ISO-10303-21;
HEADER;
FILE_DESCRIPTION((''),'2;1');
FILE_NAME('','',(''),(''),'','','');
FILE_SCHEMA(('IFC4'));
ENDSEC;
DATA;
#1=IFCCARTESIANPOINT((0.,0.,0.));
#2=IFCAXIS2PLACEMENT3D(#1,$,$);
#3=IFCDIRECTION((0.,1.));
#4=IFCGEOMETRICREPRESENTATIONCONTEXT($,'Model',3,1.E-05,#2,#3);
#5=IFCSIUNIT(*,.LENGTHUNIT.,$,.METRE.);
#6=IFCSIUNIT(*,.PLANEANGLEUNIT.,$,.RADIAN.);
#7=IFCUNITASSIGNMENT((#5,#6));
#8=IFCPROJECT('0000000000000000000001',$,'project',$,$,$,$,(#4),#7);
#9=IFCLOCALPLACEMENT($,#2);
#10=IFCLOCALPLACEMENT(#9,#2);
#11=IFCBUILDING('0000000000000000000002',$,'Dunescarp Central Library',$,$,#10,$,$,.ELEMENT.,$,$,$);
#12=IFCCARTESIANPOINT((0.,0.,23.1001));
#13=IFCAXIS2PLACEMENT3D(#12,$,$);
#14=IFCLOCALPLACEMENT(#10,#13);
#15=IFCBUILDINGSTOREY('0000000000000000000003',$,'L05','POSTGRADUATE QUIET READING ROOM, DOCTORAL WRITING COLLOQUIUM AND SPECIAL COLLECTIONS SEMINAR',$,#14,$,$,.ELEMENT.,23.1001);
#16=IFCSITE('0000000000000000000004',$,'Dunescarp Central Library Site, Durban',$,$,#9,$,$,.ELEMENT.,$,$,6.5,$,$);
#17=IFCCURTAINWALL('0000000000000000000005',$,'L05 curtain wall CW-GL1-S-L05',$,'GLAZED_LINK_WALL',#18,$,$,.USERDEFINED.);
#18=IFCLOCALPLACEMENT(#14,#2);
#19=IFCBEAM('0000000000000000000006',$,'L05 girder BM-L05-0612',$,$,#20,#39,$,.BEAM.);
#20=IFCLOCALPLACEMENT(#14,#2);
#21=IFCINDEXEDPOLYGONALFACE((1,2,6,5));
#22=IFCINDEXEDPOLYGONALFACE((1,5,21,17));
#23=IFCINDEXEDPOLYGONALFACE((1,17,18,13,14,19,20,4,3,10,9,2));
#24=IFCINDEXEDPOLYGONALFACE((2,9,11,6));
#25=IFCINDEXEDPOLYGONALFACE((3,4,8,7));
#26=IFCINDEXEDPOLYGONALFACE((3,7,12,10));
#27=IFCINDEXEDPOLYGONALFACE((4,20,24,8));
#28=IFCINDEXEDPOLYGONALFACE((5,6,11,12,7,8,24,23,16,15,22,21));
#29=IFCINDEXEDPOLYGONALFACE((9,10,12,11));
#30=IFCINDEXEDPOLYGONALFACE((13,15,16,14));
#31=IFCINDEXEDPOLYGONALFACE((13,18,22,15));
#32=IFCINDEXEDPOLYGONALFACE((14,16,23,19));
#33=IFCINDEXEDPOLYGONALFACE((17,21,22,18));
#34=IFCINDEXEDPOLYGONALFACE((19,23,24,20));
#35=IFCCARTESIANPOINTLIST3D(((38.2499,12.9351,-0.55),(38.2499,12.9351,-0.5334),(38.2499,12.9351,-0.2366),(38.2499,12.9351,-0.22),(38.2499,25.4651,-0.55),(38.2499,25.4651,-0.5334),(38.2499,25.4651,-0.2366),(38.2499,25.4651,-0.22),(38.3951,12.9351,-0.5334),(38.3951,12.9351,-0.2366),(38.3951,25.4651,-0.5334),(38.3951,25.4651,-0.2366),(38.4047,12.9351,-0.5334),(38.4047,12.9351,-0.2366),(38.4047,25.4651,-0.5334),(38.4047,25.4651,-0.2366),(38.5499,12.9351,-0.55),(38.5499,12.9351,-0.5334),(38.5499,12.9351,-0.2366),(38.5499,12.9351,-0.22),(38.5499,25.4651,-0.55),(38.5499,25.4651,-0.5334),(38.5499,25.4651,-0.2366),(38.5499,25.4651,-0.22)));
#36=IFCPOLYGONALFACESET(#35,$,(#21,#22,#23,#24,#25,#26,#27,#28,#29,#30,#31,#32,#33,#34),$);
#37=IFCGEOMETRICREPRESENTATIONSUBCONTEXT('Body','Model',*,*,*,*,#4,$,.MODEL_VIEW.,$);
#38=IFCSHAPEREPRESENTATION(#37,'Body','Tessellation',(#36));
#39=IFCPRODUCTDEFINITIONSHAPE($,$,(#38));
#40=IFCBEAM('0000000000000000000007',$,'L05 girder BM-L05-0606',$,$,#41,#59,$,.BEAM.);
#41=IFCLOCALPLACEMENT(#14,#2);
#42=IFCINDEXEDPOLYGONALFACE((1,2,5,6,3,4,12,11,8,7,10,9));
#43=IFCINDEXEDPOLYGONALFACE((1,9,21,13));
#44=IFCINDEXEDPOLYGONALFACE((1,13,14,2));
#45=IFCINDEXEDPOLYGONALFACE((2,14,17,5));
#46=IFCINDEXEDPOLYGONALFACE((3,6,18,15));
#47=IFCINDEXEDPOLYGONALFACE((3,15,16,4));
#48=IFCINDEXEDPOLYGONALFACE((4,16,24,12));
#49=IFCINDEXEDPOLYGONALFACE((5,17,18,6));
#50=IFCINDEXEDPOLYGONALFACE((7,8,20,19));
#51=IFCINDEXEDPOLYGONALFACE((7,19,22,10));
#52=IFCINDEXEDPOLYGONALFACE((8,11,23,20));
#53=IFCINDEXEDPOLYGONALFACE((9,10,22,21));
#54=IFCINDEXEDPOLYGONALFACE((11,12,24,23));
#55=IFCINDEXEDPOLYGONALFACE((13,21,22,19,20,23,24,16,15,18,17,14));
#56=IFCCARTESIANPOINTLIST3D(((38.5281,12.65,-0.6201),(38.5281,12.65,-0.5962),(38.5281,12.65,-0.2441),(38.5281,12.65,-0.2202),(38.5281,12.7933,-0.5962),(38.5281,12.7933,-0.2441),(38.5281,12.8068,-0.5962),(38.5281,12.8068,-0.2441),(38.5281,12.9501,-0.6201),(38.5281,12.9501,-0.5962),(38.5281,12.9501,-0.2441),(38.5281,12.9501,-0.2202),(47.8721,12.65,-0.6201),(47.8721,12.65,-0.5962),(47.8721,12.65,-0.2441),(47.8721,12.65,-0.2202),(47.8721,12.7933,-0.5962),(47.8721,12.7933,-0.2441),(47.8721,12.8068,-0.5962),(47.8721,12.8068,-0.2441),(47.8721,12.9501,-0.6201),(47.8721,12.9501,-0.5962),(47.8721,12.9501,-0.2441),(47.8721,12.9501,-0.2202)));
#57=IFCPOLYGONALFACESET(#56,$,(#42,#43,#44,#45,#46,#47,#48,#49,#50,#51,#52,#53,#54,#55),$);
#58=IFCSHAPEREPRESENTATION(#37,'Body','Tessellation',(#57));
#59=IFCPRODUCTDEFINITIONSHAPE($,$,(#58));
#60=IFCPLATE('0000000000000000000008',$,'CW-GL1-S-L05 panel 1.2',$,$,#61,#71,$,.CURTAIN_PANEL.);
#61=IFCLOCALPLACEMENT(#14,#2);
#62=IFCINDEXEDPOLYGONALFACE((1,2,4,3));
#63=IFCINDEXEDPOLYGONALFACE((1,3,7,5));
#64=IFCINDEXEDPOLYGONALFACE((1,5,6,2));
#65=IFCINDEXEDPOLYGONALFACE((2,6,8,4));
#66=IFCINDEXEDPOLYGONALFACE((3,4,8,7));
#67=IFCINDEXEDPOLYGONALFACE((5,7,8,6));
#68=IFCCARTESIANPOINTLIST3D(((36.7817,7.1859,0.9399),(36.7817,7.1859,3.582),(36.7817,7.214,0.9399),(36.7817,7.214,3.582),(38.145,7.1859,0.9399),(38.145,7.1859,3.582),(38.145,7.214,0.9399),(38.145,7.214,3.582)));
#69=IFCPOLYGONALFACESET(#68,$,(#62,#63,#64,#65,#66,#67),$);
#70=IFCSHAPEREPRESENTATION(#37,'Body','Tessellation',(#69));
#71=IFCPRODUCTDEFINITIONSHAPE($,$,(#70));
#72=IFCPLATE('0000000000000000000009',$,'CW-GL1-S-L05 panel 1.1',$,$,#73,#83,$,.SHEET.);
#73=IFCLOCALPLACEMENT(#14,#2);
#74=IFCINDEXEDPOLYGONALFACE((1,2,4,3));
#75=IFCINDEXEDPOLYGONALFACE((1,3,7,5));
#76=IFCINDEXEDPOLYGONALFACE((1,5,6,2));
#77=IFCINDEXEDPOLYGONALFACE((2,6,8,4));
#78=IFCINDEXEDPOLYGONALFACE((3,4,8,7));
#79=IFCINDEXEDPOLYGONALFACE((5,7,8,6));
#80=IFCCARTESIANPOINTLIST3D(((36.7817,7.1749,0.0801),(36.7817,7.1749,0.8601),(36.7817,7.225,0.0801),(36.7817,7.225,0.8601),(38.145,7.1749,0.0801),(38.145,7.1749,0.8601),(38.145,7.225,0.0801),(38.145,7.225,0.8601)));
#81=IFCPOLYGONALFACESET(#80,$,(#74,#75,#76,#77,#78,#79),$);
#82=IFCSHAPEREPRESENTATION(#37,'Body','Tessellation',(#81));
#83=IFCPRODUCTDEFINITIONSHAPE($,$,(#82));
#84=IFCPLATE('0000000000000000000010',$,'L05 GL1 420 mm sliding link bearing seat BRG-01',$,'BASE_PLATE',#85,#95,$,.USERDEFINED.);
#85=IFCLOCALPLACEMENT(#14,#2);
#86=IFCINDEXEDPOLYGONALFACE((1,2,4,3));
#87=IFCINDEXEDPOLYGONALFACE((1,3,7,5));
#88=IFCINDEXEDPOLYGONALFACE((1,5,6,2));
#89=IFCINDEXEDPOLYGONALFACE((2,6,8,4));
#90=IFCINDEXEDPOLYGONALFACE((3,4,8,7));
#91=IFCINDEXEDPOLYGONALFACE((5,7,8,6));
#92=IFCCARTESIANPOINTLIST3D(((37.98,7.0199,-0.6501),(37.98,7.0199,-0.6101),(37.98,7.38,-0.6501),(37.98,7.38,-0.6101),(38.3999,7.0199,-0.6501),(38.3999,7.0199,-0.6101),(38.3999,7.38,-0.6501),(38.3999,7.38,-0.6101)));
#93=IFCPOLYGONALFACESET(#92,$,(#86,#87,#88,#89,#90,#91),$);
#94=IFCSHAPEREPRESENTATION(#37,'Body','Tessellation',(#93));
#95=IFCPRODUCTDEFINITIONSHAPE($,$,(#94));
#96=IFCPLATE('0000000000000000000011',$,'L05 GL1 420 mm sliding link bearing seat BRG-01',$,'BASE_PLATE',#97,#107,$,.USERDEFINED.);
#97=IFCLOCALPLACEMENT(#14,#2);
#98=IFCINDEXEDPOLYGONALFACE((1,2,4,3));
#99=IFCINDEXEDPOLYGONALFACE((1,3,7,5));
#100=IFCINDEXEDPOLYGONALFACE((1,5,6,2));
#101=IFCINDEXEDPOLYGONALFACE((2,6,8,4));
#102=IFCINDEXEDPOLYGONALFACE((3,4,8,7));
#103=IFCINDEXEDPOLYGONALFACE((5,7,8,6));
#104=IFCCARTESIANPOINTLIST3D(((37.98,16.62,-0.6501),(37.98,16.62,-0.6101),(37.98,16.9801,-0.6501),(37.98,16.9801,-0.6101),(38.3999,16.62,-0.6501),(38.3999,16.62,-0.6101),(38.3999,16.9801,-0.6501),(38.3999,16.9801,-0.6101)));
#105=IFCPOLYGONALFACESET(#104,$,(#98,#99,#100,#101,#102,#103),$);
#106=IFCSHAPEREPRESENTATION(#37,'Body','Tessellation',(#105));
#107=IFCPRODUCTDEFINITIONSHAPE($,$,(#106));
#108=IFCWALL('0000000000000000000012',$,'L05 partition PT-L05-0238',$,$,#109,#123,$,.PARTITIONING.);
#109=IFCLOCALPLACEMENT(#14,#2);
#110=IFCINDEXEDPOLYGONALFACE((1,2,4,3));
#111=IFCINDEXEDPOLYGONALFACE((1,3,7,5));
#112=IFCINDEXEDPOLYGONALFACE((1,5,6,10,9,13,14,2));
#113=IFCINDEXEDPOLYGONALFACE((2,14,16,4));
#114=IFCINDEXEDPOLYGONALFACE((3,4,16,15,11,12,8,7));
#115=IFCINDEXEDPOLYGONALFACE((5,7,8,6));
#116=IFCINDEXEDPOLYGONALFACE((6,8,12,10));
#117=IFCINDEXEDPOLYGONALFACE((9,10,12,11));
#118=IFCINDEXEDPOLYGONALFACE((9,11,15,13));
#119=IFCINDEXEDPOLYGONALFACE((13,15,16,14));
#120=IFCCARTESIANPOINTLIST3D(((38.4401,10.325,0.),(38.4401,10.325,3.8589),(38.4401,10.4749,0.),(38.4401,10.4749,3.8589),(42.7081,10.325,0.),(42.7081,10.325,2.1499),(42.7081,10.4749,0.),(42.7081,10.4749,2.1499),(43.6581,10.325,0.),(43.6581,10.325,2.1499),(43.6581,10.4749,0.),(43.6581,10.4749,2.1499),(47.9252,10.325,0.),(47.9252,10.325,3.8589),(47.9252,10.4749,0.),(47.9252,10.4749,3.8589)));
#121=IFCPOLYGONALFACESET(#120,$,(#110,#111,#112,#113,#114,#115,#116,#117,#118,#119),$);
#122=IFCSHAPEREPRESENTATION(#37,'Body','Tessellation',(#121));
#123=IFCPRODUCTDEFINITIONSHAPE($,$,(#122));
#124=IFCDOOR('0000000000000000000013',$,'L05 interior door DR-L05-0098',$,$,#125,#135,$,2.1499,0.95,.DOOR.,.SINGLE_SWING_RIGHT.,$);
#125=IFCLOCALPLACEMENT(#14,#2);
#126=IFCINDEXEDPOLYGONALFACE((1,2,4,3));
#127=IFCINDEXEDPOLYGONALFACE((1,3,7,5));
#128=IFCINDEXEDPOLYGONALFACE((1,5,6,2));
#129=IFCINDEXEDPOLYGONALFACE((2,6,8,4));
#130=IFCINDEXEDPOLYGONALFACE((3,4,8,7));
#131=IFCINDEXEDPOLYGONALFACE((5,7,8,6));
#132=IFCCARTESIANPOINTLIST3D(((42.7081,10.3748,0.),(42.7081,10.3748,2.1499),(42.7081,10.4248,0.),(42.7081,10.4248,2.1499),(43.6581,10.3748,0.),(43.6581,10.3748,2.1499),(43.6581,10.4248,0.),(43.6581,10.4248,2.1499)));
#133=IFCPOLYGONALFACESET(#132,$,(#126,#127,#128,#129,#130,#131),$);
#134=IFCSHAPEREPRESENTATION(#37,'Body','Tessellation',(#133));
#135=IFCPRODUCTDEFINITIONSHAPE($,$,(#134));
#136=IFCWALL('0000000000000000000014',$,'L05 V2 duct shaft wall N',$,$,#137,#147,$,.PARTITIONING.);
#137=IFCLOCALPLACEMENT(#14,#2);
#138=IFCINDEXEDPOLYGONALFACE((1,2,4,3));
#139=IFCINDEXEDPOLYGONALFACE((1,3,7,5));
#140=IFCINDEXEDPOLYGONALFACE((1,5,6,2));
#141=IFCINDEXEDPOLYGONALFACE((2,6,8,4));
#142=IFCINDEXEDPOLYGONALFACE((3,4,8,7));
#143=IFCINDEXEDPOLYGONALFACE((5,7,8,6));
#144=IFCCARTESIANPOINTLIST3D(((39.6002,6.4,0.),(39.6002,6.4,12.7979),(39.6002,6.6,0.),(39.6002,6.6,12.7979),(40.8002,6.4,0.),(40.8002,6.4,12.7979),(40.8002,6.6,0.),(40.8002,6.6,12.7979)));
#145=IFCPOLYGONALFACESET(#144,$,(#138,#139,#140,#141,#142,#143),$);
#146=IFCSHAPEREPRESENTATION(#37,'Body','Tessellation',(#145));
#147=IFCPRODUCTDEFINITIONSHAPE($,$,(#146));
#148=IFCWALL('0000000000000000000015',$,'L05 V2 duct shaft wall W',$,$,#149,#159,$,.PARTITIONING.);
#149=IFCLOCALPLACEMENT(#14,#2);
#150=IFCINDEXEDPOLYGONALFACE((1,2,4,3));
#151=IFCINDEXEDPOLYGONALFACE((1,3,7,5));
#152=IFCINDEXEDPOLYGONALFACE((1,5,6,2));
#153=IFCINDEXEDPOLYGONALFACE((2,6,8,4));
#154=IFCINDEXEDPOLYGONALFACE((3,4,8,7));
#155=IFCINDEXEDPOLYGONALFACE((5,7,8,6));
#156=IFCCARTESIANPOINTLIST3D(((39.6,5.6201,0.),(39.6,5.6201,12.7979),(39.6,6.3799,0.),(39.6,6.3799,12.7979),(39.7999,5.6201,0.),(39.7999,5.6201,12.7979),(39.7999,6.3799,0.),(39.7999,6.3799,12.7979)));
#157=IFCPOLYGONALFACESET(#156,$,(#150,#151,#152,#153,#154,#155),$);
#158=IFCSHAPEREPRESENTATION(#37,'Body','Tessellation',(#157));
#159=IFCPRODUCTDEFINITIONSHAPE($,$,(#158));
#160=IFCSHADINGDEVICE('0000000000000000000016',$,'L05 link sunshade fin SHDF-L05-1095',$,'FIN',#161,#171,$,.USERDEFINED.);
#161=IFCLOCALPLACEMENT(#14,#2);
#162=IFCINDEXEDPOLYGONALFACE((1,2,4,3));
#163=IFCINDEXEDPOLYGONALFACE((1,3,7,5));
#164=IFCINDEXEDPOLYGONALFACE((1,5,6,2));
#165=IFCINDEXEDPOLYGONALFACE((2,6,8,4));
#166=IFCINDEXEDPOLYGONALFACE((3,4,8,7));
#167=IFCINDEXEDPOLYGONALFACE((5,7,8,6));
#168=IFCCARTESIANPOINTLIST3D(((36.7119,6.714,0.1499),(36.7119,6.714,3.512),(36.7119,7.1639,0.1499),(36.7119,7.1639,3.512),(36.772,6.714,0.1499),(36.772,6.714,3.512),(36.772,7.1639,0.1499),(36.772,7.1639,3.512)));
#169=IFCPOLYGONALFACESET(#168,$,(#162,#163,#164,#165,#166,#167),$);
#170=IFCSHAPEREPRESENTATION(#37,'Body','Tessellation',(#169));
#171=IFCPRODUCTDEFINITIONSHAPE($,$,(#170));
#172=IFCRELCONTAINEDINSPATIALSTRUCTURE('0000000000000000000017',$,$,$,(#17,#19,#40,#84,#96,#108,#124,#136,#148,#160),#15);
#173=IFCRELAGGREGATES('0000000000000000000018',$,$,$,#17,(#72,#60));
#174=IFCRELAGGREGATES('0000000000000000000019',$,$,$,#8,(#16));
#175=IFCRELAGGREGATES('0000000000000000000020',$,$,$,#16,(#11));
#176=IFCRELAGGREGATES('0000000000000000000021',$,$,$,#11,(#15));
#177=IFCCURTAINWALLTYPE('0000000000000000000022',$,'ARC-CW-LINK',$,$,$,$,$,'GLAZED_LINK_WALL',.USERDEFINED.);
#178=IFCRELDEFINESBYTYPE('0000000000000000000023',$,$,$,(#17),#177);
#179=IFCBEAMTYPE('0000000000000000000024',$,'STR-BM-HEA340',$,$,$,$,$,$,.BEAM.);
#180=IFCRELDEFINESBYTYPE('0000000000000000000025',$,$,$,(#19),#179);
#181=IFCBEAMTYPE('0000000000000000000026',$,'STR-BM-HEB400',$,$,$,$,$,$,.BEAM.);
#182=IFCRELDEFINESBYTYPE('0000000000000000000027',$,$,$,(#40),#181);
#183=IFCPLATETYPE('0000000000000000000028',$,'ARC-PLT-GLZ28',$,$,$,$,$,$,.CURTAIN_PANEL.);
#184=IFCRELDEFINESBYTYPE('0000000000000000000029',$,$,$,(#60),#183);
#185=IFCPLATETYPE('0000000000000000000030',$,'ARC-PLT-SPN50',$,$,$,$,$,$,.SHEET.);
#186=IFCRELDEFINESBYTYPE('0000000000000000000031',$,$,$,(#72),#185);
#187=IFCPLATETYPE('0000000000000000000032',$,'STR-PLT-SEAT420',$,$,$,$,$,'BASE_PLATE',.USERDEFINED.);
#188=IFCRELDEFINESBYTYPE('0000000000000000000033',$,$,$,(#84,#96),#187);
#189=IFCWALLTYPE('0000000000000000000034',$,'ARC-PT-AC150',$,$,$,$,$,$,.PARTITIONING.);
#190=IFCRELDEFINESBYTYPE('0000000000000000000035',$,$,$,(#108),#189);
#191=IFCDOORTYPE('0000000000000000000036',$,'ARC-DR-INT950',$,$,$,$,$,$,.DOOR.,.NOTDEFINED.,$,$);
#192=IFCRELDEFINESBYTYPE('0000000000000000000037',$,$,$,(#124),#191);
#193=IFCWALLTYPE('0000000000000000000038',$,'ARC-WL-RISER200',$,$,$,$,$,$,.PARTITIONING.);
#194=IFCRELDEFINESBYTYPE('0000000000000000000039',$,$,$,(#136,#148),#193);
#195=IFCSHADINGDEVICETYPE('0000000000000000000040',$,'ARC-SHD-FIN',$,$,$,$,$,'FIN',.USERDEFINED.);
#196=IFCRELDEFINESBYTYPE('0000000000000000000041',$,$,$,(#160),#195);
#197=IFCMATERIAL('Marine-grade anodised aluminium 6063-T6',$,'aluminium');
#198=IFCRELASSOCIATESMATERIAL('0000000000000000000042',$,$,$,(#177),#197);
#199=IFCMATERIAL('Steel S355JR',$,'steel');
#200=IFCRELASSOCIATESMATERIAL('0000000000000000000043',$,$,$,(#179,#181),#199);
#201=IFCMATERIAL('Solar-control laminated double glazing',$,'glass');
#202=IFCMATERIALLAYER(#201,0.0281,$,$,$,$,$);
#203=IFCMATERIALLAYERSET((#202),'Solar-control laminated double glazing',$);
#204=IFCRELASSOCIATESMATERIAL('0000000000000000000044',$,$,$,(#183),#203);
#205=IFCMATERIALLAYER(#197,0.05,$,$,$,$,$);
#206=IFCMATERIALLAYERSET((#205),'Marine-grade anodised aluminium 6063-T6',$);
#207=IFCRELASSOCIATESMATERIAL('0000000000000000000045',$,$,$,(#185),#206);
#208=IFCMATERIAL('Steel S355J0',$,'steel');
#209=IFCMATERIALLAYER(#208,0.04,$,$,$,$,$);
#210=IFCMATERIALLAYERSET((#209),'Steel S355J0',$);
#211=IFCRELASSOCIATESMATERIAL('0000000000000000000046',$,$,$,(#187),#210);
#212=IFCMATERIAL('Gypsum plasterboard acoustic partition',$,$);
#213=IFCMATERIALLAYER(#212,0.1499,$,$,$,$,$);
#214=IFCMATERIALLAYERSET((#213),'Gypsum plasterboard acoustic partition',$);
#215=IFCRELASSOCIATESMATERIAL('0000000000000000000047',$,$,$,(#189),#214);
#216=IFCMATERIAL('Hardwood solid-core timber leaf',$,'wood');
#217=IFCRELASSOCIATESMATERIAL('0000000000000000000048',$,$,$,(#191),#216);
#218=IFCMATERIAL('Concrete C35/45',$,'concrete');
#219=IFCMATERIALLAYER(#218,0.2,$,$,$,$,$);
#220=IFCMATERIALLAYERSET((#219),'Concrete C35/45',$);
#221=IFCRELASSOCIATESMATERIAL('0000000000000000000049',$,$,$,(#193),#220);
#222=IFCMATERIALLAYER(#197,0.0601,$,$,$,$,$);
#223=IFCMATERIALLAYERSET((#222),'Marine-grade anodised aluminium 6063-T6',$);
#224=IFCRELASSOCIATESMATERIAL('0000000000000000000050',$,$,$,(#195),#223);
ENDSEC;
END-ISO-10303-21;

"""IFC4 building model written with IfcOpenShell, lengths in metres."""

from ifc_helpers import new_model, si_unit, direction, frame, frame_2d, origin, origin_2d, place, context, subcontext, project, spatial, rectangle, i_section, extrude, material, layer, layer_set, material_profile, profile_set, type_object, element, fill, aggregate, save


model = new_model("IFC4")

# Units and contexts
model_context = context("Model", 3, precision=1e-05, world=origin(), true_north=direction((0.0, 1.0)))
body_context = subcontext(model_context, "Body", "Model", "MODEL_VIEW")
ifc_project = project(units=[si_unit("LENGTHUNIT", "METRE"), si_unit("PLANEANGLEUNIT", "RADIAN")], contexts=[model_context])

# Site, building, storey
site_placement = place(None, origin())
site = spatial("IfcSite", under=ifc_project, at=site_placement, Name="Dunescarp Central Library Site, Durban", CompositionType="ELEMENT", RefElevation=6.5)
building_placement = place(site_placement, origin())
building = spatial("IfcBuilding", under=site, at=building_placement, Name="Dunescarp Central Library", CompositionType="ELEMENT")
storey_placement = place(building_placement, frame((0.0, 0.0, 23.1001)))
storey = spatial("IfcBuildingStorey", under=building, at=storey_placement, Name="L05", Description="POSTGRADUATE QUIET READING ROOM, DOCTORAL WRITING COLLOQUIUM AND SPECIAL COLLECTIONS SEMINAR", CompositionType="ELEMENT", Elevation=23.1001)

# Shared definitions
ifc_material_1 = material(Name="Steel S355JR", Category="steel")

# Curtain wall
ifc_material_2 = material(Name="Marine-grade anodised aluminium 6063-T6", Category="aluminium")
curtain_wall_type = type_object("IfcCurtainWallType", Name="ARC-CW-LINK", ElementType="GLAZED_LINK_WALL", PredefinedType="USERDEFINED", material=ifc_material_2)
curtain_wall_placement = place(storey_placement, origin())
curtain_wall = element("IfcCurtainWall", 1, at=curtain_wall_placement, inside=storey, type_object=curtain_wall_type, Name="L05 curtain wall CW-GL1-S-L05", ObjectType="GLAZED_LINK_WALL", PredefinedType="USERDEFINED")

# Beams
ifc_material_profile_1 = material_profile(ifc_material_1, i_section(OverallWidth=0.3, OverallDepth=0.3301, WebThickness=0.0095, FlangeThickness=0.0166, at=origin_2d()), Name="HEA 340")
ifc_profile_set_1 = profile_set([ifc_material_profile_1], Name="Steel S355JR")
beam_type_1 = type_object("IfcBeamType", Name="STR-BM-HEA340", PredefinedType="BEAM", material=ifc_profile_set_1)
beam_1_placement = place(storey_placement, frame((38.3999, 12.9351, -0.385), z_axis=(0.0, 1.0, 0.0), x_axis=(-1.0, 0.0, 0.0)))
element("IfcBeam", 2, at=beam_1_placement, inside=storey, type_object=beam_type_1, Name="L05 girder BM-L05-0612", PredefinedType="BEAM", context=body_context, shape_type="SweptSolid", body=[
    extrude(i_section(OverallWidth=0.3, OverallDepth=0.3301, WebThickness=0.0095, FlangeThickness=0.0166, at=origin_2d()), origin(), (0.0, 0.0, 1.0), 12.53),
])
ifc_material_profile_2 = material_profile(ifc_material_1, i_section(OverallWidth=0.3, OverallDepth=0.3999, WebThickness=0.0134, FlangeThickness=0.0239, at=origin_2d()), Name="HEB 400")
ifc_profile_set_2 = profile_set([ifc_material_profile_2], Name="Steel S355JR")
beam_type_2 = type_object("IfcBeamType", Name="STR-BM-HEB400", PredefinedType="BEAM", material=ifc_profile_set_2)
beam_2_placement = place(storey_placement, frame((38.5281, 12.8, -0.4202), z_axis=(1.0, 0.0, 0.0), x_axis=(0.0, 1.0, 0.0)))
element("IfcBeam", 3, at=beam_2_placement, inside=storey, type_object=beam_type_2, Name="L05 girder BM-L05-0606", PredefinedType="BEAM", context=body_context, shape_type="SweptSolid", body=[
    extrude(i_section(OverallWidth=0.3, OverallDepth=0.3999, WebThickness=0.0134, FlangeThickness=0.0239, at=origin_2d()), origin(), (0.0, 0.0, 1.0), 9.344),
])

# Plates
ifc_material_3 = material(Name="Solar-control laminated double glazing", Category="glass")
ifc_layer_1 = layer(ifc_material_3, 0.0281)
ifc_layer_set_1 = layer_set([ifc_layer_1], Name="Solar-control laminated double glazing")
plate_type_1 = type_object("IfcPlateType", Name="ARC-PLT-GLZ28", PredefinedType="CURTAIN_PANEL", material=ifc_layer_set_1)
plate_1_placement = place(storey_placement, frame((37.4634, 7.2, 0.9399), z_axis=(0.0, 0.0, 1.0), x_axis=(-1.0, 0.0, 0.0)))
plate_1 = element("IfcPlate", 4, at=plate_1_placement, type_object=plate_type_1, Name="CW-GL1-S-L05 panel 1.2", PredefinedType="CURTAIN_PANEL", context=body_context, shape_type="SweptSolid", body=[
    extrude(rectangle(XDim=1.3633, YDim=0.0281, at=origin_2d()), origin(), (0.0, 0.0, 1.0), 2.6421),
])
ifc_layer_2 = layer(ifc_material_2, 0.05)
ifc_layer_set_2 = layer_set([ifc_layer_2], Name="Marine-grade anodised aluminium 6063-T6")
plate_type_2 = type_object("IfcPlateType", Name="ARC-PLT-SPN50", PredefinedType="SHEET", material=ifc_layer_set_2)
plate_2_placement = place(storey_placement, frame((37.4634, 7.2, 0.0801), z_axis=(0.0, 0.0, 1.0), x_axis=(-1.0, 0.0, 0.0)))
plate_2 = element("IfcPlate", 5, at=plate_2_placement, type_object=plate_type_2, Name="CW-GL1-S-L05 panel 1.1", PredefinedType="SHEET", context=body_context, shape_type="SweptSolid", body=[
    extrude(rectangle(XDim=1.3633, YDim=0.05, at=origin_2d()), origin(), (0.0, 0.0, 1.0), 0.78),
])
aggregate(curtain_wall, [plate_2, plate_1])

# Plates
ifc_material_4 = material(Name="Steel S355J0", Category="steel")
ifc_layer_3 = layer(ifc_material_4, 0.04)
ifc_layer_set_3 = layer_set([ifc_layer_3], Name="Steel S355J0")
plate_type_3 = type_object("IfcPlateType", Name="STR-PLT-SEAT420", ElementType="BASE_PLATE", PredefinedType="USERDEFINED", material=ifc_layer_set_3)
for number, where, z_axis, x_axis, name in (
    (6, (38.1899, 7.2, -0.6501), (0.0, 0.0, 1.0), (1.0, 0.0, 0.0), "L05 GL1 420 mm sliding link bearing seat BRG-01"),
    (7, (38.1899, 16.8, -0.6501), (0.0, 0.0, 1.0), (1.0, 0.0, 0.0), "L05 GL1 420 mm sliding link bearing seat BRG-01"),
):
    element("IfcPlate", number, at=place(storey_placement, frame(where, z_axis=z_axis, x_axis=x_axis)), inside=storey, type_object=plate_type_3, Name=name, ObjectType="BASE_PLATE", PredefinedType="USERDEFINED", context=body_context, shape_type="SweptSolid", body=[
        extrude(rectangle(XDim=0.4199, YDim=0.3601, at=origin_2d()), origin(), (0.0, 0.0, 1.0), 0.04),
    ])

# Wall, opening, door
ifc_material_5 = material(Name="Gypsum plasterboard acoustic partition")
ifc_layer_4 = layer(ifc_material_5, 0.1499)
ifc_layer_set_4 = layer_set([ifc_layer_4], Name="Gypsum plasterboard acoustic partition")
wall_type_1 = type_object("IfcWallType", Name="ARC-PT-AC150", PredefinedType="PARTITIONING", material=ifc_layer_set_4)
wall_1_placement = place(storey_placement, frame((38.4399, 10.3999, 0.0), z_axis=(0.0, 0.0, 1.0), x_axis=(1.0, 0.0, 0.0)))
wall_1 = element("IfcWall", 8, at=wall_1_placement, inside=storey, type_object=wall_type_1, Name="L05 partition PT-L05-0238", PredefinedType="PARTITIONING", context=body_context, shape_type="SweptSolid", body=[
    extrude(rectangle(XDim=9.4851, YDim=0.1499, at=frame_2d((4.7427, 0.0))), origin(), (0.0, 0.0, 1.0), 3.8589),
])
opening_placement = place(wall_1_placement, frame((4.2681, 0.0, 0.0)))
opening = element("IfcOpeningElement", 9, at=opening_placement, cuts=wall_1, PredefinedType="OPENING", context=body_context, shape_type="SweptSolid", body=[
    extrude(rectangle(XDim=0.95, YDim=2.1499, at=frame_2d((0.4751, 1.075))), frame((0.0, 0.085, 0.0), z_axis=(0.0, -1.0, 0.0), x_axis=(1.0, 0.0, 0.0)), (0.0, 0.0, 1.0), 0.1699),
])
ifc_material_6 = material(Name="Hardwood solid-core timber leaf", Category="wood")
door_type = type_object("IfcDoorType", Name="ARC-DR-INT950", OperationType="NOTDEFINED", PredefinedType="DOOR", material=ifc_material_6)
door_placement = place(opening_placement, origin())
door = element("IfcDoor", 10, at=door_placement, inside=storey, type_object=door_type, Name="L05 interior door DR-L05-0098", OperationType="SINGLE_SWING_RIGHT", OverallHeight=2.1499, OverallWidth=0.95, PredefinedType="DOOR", context=body_context, shape_type="SweptSolid", body=[
    extrude(rectangle(XDim=0.95, YDim=2.1499, at=frame_2d((0.4751, 1.075))), frame((0.0, 0.0249, 0.0), z_axis=(0.0, -1.0, 0.0), x_axis=(1.0, 0.0, 0.0)), (0.0, 0.0, 1.0), 0.05),
])
fill(opening, door)

# Walls
ifc_material_7 = material(Name="Concrete C35/45", Category="concrete")
ifc_layer_5 = layer(ifc_material_7, 0.2)
ifc_layer_set_5 = layer_set([ifc_layer_5], Name="Concrete C35/45")
wall_type_2 = type_object("IfcWallType", Name="ARC-WL-RISER200", PredefinedType="PARTITIONING", material=ifc_layer_set_5)
wall_2_placement = place(storey_placement, frame((39.6001, 6.5, 0.0), z_axis=(0.0, 0.0, 1.0), x_axis=(1.0, 0.0, 0.0)))
element("IfcWall", 11, at=wall_2_placement, inside=storey, type_object=wall_type_2, Name="L05 V2 duct shaft wall N", PredefinedType="PARTITIONING", context=body_context, shape_type="SweptSolid", body=[
    extrude(rectangle(XDim=1.2, YDim=0.2, at=frame_2d((0.6001, 0.0))), origin(), (0.0, 0.0, 1.0), 12.7979),
])
wall_3_placement = place(storey_placement, frame((39.7, 5.6201, 0.0), z_axis=(0.0, 0.0, 1.0), x_axis=(0.0, 1.0, 0.0)))
element("IfcWall", 12, at=wall_3_placement, inside=storey, type_object=wall_type_2, Name="L05 V2 duct shaft wall W", PredefinedType="PARTITIONING", context=body_context, shape_type="SweptSolid", body=[
    extrude(rectangle(XDim=0.7598, YDim=0.2, at=frame_2d((0.3799, 0.0))), origin(), (0.0, 0.0, 1.0), 12.7979),
])

# Shading device
ifc_layer_6 = layer(ifc_material_2, 0.0601)
ifc_layer_set_6 = layer_set([ifc_layer_6], Name="Marine-grade anodised aluminium 6063-T6")
shading_device_type = type_object("IfcShadingDeviceType", Name="ARC-SHD-FIN", ElementType="FIN", PredefinedType="USERDEFINED", material=ifc_layer_set_6)
shading_device_placement = place(storey_placement, frame((36.7419, 6.939, 0.1499), z_axis=(0.0, 0.0, 1.0), x_axis=(0.0, -1.0, 0.0)))
element("IfcShadingDevice", 13, at=shading_device_placement, inside=storey, type_object=shading_device_type, Name="L05 link sunshade fin SHDF-L05-1095", ObjectType="FIN", PredefinedType="USERDEFINED", context=body_context, shape_type="SweptSolid", body=[
    extrude(rectangle(XDim=0.45, YDim=0.0601, at=origin_2d()), origin(), (0.0, 0.0, 1.0), 3.3621),
])

save(model, "model.ifc")
